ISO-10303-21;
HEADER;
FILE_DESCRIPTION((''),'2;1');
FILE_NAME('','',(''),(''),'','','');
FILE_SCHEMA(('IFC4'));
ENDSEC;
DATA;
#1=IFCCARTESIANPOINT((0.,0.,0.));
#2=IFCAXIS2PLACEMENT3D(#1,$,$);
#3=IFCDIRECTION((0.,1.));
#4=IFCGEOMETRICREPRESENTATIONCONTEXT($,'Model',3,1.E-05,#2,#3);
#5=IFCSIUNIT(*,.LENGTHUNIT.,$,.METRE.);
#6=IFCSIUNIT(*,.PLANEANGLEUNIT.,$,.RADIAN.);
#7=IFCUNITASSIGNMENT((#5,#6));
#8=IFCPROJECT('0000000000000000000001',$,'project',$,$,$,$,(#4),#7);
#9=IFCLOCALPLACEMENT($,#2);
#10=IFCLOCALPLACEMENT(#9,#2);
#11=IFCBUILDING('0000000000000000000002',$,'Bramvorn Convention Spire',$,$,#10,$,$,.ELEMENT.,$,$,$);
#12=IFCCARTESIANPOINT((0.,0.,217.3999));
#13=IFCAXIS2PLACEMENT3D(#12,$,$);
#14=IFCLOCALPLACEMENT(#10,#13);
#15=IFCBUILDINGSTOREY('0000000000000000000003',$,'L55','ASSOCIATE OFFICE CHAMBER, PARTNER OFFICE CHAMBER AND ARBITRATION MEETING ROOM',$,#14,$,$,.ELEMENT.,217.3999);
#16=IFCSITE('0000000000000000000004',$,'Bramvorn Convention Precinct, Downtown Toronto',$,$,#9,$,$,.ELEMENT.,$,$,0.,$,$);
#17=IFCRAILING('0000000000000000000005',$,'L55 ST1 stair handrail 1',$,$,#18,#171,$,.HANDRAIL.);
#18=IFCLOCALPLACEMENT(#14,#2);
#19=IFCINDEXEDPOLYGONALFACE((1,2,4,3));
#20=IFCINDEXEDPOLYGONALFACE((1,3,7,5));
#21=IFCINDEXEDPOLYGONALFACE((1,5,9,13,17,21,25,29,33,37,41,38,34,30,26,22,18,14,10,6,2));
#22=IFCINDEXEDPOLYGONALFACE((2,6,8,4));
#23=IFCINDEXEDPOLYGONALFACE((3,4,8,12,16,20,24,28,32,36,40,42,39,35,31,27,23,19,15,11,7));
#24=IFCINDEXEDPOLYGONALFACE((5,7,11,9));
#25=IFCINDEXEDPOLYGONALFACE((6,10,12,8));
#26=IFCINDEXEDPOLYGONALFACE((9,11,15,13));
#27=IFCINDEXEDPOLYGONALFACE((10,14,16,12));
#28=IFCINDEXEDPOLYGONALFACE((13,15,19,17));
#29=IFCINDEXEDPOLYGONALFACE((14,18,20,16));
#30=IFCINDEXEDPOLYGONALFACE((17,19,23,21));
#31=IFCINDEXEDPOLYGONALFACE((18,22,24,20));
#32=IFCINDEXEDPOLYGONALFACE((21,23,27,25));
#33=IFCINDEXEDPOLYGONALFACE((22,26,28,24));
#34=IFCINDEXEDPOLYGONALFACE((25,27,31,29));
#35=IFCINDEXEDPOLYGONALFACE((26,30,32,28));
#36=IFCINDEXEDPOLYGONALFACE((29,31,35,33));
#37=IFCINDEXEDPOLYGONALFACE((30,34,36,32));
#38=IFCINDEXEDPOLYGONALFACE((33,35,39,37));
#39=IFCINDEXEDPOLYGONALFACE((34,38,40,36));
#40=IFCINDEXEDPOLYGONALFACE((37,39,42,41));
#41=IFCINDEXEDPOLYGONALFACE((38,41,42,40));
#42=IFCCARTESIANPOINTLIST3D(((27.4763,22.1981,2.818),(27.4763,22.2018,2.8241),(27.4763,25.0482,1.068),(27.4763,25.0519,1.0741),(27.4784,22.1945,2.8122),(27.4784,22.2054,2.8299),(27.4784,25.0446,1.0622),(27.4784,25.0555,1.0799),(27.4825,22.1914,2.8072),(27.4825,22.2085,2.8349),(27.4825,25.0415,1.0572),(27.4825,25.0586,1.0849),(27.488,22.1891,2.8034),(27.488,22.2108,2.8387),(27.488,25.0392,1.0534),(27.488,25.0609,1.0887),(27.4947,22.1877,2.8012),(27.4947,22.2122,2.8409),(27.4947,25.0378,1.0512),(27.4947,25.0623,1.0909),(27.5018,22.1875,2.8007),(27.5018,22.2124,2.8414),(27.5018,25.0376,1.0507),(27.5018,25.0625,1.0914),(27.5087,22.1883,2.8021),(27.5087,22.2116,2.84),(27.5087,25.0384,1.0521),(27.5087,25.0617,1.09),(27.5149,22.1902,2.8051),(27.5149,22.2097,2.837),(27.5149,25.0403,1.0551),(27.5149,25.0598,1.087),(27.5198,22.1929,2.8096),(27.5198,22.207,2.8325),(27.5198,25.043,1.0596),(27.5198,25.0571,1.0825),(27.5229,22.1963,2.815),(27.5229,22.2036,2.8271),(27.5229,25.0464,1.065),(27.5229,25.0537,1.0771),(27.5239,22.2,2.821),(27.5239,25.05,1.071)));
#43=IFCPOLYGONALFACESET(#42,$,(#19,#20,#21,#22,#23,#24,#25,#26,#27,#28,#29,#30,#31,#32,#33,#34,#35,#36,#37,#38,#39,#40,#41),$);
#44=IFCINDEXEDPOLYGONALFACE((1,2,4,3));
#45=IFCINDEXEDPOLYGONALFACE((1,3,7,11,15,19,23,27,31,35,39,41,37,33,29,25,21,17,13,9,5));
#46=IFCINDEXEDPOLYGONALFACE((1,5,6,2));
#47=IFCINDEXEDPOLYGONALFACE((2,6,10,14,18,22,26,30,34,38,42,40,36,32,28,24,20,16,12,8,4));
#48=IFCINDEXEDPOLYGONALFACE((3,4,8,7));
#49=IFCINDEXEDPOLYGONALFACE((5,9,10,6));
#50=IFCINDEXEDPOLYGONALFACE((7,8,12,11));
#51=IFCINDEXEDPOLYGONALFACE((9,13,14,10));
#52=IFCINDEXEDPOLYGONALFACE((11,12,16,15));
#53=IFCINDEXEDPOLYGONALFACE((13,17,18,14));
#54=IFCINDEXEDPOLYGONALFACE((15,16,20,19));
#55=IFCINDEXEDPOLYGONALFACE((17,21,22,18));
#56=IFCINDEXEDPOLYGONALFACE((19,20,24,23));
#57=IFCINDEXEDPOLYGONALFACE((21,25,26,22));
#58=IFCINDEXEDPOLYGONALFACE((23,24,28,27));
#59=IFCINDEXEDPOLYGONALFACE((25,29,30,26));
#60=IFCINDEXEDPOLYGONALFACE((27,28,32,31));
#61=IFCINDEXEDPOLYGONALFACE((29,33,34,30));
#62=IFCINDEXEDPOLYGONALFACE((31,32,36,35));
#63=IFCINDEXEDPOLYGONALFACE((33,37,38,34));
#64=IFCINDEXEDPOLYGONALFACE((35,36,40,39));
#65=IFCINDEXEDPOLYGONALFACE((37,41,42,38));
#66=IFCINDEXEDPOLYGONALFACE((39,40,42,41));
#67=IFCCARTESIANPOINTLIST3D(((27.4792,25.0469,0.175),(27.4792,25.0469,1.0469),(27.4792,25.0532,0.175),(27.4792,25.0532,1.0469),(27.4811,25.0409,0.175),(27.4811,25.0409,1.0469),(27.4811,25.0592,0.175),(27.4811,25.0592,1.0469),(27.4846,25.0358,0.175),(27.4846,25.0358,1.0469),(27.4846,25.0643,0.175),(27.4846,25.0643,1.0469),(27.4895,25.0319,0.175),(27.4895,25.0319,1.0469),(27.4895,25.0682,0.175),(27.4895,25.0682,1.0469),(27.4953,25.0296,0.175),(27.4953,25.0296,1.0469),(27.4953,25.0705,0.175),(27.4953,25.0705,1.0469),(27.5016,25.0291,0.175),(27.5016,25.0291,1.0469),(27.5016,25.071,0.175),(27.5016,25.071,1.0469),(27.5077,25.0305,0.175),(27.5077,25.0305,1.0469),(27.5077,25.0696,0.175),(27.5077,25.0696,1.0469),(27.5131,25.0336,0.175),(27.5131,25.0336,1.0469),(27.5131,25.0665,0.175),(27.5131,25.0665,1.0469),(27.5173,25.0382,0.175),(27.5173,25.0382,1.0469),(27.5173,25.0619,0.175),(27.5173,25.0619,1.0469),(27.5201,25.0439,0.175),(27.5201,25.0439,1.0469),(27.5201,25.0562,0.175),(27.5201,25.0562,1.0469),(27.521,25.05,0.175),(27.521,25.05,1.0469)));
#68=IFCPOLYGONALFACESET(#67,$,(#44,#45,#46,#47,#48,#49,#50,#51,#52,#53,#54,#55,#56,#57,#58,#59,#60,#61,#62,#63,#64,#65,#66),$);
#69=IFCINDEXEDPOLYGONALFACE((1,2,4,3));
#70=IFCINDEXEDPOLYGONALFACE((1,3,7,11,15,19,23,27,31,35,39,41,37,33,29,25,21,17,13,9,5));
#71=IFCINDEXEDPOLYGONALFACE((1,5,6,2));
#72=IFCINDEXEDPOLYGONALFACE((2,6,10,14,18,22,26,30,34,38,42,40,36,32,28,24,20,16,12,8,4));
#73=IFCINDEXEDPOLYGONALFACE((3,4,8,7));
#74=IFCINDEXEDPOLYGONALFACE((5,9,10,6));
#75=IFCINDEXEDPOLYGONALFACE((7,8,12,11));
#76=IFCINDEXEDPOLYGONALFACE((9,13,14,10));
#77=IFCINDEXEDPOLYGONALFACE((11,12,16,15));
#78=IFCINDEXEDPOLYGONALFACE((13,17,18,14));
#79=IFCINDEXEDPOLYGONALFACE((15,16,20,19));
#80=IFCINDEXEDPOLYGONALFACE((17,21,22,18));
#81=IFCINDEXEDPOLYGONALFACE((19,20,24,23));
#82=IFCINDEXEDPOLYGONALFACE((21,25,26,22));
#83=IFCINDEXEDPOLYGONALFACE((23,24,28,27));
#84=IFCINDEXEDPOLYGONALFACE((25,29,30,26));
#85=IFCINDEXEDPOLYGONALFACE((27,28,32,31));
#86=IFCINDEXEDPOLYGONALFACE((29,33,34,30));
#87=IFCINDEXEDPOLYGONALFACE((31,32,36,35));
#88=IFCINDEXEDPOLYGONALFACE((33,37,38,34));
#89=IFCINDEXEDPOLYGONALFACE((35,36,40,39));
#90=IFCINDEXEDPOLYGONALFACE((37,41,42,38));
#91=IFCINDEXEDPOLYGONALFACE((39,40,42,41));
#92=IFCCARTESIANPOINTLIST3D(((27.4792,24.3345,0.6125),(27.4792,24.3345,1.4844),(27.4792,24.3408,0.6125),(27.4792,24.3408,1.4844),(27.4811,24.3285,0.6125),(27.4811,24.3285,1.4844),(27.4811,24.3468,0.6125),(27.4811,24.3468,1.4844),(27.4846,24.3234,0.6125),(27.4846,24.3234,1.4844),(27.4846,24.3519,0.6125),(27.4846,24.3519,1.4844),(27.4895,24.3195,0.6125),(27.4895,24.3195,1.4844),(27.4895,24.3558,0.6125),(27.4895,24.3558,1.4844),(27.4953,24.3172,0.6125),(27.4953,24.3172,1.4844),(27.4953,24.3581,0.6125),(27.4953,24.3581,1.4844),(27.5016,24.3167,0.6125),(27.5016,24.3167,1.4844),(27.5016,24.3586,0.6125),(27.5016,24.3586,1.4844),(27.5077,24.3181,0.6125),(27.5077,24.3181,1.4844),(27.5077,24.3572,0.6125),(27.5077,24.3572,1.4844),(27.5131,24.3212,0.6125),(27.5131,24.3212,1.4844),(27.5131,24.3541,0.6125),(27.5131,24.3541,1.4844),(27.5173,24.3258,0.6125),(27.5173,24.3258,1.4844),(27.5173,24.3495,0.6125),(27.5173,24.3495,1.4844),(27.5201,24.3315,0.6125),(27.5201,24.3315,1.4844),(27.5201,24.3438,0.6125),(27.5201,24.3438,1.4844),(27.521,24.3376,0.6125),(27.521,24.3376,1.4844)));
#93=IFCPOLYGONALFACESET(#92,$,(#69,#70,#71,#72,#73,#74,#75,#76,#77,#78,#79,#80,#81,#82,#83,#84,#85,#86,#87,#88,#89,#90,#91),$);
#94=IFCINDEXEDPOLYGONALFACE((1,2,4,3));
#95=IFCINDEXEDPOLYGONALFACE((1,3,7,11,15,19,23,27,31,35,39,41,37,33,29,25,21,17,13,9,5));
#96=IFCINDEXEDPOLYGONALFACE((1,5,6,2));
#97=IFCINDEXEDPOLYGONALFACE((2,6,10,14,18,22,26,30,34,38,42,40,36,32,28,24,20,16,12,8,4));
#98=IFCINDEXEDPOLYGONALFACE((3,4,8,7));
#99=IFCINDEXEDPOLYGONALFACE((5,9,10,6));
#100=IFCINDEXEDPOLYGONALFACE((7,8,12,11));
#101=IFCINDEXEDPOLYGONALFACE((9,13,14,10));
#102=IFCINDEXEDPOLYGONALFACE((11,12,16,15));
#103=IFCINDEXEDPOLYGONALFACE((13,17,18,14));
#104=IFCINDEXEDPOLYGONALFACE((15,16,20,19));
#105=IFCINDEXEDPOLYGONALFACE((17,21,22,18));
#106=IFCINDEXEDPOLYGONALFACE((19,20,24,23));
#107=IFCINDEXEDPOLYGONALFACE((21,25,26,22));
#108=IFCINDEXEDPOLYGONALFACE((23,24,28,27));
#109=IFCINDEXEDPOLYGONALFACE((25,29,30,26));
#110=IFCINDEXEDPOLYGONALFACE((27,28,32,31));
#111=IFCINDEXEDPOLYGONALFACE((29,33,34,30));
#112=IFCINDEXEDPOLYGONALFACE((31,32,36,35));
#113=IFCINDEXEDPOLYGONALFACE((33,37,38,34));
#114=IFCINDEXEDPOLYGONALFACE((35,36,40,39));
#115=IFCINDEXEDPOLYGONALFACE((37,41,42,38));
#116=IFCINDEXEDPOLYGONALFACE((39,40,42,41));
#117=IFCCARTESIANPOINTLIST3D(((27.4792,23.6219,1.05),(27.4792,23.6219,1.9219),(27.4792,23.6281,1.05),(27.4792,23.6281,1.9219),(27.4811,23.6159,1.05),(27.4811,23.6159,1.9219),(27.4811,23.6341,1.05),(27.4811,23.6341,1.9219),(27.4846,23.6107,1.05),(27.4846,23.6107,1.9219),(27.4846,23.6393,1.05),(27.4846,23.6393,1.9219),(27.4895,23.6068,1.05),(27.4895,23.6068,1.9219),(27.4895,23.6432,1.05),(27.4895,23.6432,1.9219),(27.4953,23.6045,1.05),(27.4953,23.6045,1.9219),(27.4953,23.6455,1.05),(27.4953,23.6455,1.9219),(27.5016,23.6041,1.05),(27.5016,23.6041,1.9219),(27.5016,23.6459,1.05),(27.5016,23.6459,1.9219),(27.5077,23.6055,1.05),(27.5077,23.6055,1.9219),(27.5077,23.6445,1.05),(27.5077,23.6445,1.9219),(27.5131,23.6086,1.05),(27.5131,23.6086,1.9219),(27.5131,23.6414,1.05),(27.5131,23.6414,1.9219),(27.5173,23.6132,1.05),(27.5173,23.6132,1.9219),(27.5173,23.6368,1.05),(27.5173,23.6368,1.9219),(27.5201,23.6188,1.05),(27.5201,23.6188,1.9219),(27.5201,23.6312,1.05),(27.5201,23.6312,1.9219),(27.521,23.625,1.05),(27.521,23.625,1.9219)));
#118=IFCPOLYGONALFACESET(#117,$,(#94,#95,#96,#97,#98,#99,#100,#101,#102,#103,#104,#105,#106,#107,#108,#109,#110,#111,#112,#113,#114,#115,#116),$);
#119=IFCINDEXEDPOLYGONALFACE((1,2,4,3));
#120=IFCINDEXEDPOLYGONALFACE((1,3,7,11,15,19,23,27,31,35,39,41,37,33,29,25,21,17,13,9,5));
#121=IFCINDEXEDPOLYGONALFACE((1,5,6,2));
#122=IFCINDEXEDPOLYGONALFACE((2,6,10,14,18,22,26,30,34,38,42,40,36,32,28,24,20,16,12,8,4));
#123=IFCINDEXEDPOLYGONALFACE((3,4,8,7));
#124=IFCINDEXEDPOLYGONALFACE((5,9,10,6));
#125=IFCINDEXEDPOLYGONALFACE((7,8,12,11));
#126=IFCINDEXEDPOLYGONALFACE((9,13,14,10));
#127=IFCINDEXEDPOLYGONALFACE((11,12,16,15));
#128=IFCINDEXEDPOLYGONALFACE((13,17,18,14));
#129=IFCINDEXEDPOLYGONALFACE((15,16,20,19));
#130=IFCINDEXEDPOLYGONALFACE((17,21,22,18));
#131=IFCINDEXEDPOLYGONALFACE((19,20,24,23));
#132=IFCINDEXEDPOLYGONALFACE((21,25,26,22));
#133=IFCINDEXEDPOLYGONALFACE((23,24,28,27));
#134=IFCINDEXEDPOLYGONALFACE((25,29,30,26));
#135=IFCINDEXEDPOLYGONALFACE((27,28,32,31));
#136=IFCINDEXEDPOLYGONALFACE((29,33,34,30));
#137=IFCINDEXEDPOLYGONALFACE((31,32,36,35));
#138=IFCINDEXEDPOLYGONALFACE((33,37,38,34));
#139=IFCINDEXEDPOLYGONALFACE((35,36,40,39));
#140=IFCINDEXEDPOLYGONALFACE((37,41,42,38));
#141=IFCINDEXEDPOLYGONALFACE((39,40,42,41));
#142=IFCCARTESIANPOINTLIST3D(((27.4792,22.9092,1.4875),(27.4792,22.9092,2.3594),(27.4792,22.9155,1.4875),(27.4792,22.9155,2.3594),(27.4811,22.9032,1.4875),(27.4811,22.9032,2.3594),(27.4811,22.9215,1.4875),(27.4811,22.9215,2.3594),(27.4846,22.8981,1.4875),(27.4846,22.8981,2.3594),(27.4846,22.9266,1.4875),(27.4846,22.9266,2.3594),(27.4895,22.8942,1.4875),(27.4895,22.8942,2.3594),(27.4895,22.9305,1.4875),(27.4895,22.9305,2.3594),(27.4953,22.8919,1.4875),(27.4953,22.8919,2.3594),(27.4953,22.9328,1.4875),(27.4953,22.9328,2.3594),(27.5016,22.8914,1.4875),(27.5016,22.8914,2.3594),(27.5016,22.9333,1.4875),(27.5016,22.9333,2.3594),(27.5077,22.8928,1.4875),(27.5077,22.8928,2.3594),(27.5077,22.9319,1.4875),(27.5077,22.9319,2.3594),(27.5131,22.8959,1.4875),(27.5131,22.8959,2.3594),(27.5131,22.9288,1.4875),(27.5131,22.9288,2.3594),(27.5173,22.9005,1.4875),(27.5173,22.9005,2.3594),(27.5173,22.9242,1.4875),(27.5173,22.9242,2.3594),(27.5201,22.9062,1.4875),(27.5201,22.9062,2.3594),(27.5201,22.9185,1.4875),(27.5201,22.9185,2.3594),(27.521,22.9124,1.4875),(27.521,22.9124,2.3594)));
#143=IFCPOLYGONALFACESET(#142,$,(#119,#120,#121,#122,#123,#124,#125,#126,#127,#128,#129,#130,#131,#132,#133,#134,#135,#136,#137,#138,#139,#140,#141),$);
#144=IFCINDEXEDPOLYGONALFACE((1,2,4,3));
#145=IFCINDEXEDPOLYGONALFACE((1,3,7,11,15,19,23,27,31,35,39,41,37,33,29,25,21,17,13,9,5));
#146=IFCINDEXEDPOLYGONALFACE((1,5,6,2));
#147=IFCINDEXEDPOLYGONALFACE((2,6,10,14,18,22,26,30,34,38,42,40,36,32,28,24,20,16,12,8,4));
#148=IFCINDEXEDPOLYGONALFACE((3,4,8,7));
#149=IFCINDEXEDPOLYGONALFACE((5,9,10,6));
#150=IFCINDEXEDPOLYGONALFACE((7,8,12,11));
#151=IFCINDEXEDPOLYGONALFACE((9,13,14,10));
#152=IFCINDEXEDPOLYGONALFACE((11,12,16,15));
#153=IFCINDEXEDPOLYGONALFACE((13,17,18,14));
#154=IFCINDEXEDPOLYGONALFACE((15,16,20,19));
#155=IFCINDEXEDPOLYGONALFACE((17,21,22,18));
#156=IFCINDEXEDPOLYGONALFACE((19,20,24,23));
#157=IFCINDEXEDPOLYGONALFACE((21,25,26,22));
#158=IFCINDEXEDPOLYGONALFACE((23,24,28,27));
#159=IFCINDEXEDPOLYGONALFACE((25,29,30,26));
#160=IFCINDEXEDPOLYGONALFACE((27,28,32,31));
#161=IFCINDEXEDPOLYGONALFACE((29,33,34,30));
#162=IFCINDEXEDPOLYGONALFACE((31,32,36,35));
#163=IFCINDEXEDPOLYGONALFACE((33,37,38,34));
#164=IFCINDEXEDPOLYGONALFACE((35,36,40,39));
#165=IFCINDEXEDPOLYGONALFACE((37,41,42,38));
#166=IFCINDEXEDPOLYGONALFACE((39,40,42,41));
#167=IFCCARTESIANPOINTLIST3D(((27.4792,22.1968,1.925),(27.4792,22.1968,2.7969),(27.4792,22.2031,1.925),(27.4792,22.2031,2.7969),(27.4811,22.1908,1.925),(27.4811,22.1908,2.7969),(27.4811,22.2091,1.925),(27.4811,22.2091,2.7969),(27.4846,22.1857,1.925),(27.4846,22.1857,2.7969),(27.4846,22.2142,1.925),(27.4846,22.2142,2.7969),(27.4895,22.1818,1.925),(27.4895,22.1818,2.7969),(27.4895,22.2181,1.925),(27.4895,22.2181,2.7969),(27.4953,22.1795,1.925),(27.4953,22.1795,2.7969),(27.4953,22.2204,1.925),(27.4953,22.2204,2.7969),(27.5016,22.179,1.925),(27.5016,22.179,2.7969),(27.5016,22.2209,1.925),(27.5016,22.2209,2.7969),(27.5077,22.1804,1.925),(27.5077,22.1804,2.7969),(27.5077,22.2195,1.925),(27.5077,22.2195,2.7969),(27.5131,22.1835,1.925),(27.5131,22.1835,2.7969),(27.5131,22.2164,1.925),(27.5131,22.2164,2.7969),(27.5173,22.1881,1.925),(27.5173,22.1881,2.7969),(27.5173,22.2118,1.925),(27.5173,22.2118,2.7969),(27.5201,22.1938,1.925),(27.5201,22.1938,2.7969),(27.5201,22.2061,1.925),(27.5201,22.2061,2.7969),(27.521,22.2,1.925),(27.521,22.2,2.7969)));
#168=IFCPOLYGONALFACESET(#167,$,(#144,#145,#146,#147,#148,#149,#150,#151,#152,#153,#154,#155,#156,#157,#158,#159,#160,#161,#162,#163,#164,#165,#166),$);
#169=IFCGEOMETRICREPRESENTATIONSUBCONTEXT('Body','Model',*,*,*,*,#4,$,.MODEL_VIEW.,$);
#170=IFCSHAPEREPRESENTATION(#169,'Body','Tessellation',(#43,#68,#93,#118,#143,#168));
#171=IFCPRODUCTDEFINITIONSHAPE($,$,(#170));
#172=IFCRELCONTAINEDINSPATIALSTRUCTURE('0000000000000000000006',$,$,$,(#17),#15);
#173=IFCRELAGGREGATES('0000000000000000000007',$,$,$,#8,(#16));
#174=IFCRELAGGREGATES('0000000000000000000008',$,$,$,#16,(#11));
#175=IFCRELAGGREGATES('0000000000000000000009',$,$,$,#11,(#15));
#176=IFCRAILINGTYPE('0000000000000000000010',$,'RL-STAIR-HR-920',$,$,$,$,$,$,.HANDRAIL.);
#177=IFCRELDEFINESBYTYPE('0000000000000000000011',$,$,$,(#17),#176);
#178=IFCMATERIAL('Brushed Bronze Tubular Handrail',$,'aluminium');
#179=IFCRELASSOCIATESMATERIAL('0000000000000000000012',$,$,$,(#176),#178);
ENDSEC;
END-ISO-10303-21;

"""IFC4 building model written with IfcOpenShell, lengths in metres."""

from ifc_helpers import new_model, si_unit, direction, frame, origin, origin_2d, place, context, subcontext, project, spatial, circle, extrude, material, type_object, element, save


model = new_model("IFC4")

# Units and contexts
model_context = context("Model", 3, precision=1e-05, world=origin(), true_north=direction((0.0, 1.0)))
body_context = subcontext(model_context, "Body", "Model", "MODEL_VIEW")
ifc_project = project(units=[si_unit("LENGTHUNIT", "METRE"), si_unit("PLANEANGLEUNIT", "RADIAN")], contexts=[model_context])

# Site, building, storey
site_placement = place(None, origin())
site = spatial("IfcSite", under=ifc_project, at=site_placement, Name="Bramvorn Convention Precinct, Downtown Toronto", CompositionType="ELEMENT", RefElevation=0.0)
building_placement = place(site_placement, origin())
building = spatial("IfcBuilding", under=site, at=building_placement, Name="Bramvorn Convention Spire", CompositionType="ELEMENT")
storey_placement = place(building_placement, frame((0.0, 0.0, 217.3999)))
storey = spatial("IfcBuildingStorey", under=building, at=storey_placement, Name="L55", Description="ASSOCIATE OFFICE CHAMBER, PARTNER OFFICE CHAMBER AND ARBITRATION MEETING ROOM", CompositionType="ELEMENT", Elevation=217.3999)

# Railing
ifc_material_1 = material(Name="Brushed Bronze Tubular Handrail", Category="aluminium")
railing_type_1 = type_object("IfcRailingType", Name="RL-STAIR-HR-920", PredefinedType="HANDRAIL", material=ifc_material_1)
railing_1_placement = place(storey_placement, frame((27.5, 25.05, 0.175)))
element("IfcRailing", 1, at=railing_1_placement, inside=storey, type_object=railing_type_1, Name="L55 ST1 stair handrail 1", PredefinedType="HANDRAIL", context=body_context, shape_type="SweptSolid", body=[
    extrude(circle(Radius=0.0239, at=origin_2d()), frame((0.0, 0.0, 0.896), z_axis=(0.0, -0.852179, 0.52325), x_axis=(1.0, 0.0, 0.0)), (0.0, 0.0, 1.0), 3.3445),
    extrude(circle(Radius=0.021, at=origin_2d()), origin(), (0.0, 0.0, 1.0), 0.8718),
    extrude(circle(Radius=0.021, at=origin_2d()), frame((0.0, -0.7124, 0.4375)), (0.0, 0.0, 1.0), 0.8718),
    extrude(circle(Radius=0.021, at=origin_2d()), frame((0.0, -1.425, 0.875)), (0.0, 0.0, 1.0), 0.8718),
    extrude(circle(Radius=0.021, at=origin_2d()), frame((0.0, -2.1377, 1.3125)), (0.0, 0.0, 1.0), 0.8718),
    extrude(circle(Radius=0.021, at=origin_2d()), frame((0.0, -2.8501, 1.75)), (0.0, 0.0, 1.0), 0.8718),
])

save(model, "model.ifc")
